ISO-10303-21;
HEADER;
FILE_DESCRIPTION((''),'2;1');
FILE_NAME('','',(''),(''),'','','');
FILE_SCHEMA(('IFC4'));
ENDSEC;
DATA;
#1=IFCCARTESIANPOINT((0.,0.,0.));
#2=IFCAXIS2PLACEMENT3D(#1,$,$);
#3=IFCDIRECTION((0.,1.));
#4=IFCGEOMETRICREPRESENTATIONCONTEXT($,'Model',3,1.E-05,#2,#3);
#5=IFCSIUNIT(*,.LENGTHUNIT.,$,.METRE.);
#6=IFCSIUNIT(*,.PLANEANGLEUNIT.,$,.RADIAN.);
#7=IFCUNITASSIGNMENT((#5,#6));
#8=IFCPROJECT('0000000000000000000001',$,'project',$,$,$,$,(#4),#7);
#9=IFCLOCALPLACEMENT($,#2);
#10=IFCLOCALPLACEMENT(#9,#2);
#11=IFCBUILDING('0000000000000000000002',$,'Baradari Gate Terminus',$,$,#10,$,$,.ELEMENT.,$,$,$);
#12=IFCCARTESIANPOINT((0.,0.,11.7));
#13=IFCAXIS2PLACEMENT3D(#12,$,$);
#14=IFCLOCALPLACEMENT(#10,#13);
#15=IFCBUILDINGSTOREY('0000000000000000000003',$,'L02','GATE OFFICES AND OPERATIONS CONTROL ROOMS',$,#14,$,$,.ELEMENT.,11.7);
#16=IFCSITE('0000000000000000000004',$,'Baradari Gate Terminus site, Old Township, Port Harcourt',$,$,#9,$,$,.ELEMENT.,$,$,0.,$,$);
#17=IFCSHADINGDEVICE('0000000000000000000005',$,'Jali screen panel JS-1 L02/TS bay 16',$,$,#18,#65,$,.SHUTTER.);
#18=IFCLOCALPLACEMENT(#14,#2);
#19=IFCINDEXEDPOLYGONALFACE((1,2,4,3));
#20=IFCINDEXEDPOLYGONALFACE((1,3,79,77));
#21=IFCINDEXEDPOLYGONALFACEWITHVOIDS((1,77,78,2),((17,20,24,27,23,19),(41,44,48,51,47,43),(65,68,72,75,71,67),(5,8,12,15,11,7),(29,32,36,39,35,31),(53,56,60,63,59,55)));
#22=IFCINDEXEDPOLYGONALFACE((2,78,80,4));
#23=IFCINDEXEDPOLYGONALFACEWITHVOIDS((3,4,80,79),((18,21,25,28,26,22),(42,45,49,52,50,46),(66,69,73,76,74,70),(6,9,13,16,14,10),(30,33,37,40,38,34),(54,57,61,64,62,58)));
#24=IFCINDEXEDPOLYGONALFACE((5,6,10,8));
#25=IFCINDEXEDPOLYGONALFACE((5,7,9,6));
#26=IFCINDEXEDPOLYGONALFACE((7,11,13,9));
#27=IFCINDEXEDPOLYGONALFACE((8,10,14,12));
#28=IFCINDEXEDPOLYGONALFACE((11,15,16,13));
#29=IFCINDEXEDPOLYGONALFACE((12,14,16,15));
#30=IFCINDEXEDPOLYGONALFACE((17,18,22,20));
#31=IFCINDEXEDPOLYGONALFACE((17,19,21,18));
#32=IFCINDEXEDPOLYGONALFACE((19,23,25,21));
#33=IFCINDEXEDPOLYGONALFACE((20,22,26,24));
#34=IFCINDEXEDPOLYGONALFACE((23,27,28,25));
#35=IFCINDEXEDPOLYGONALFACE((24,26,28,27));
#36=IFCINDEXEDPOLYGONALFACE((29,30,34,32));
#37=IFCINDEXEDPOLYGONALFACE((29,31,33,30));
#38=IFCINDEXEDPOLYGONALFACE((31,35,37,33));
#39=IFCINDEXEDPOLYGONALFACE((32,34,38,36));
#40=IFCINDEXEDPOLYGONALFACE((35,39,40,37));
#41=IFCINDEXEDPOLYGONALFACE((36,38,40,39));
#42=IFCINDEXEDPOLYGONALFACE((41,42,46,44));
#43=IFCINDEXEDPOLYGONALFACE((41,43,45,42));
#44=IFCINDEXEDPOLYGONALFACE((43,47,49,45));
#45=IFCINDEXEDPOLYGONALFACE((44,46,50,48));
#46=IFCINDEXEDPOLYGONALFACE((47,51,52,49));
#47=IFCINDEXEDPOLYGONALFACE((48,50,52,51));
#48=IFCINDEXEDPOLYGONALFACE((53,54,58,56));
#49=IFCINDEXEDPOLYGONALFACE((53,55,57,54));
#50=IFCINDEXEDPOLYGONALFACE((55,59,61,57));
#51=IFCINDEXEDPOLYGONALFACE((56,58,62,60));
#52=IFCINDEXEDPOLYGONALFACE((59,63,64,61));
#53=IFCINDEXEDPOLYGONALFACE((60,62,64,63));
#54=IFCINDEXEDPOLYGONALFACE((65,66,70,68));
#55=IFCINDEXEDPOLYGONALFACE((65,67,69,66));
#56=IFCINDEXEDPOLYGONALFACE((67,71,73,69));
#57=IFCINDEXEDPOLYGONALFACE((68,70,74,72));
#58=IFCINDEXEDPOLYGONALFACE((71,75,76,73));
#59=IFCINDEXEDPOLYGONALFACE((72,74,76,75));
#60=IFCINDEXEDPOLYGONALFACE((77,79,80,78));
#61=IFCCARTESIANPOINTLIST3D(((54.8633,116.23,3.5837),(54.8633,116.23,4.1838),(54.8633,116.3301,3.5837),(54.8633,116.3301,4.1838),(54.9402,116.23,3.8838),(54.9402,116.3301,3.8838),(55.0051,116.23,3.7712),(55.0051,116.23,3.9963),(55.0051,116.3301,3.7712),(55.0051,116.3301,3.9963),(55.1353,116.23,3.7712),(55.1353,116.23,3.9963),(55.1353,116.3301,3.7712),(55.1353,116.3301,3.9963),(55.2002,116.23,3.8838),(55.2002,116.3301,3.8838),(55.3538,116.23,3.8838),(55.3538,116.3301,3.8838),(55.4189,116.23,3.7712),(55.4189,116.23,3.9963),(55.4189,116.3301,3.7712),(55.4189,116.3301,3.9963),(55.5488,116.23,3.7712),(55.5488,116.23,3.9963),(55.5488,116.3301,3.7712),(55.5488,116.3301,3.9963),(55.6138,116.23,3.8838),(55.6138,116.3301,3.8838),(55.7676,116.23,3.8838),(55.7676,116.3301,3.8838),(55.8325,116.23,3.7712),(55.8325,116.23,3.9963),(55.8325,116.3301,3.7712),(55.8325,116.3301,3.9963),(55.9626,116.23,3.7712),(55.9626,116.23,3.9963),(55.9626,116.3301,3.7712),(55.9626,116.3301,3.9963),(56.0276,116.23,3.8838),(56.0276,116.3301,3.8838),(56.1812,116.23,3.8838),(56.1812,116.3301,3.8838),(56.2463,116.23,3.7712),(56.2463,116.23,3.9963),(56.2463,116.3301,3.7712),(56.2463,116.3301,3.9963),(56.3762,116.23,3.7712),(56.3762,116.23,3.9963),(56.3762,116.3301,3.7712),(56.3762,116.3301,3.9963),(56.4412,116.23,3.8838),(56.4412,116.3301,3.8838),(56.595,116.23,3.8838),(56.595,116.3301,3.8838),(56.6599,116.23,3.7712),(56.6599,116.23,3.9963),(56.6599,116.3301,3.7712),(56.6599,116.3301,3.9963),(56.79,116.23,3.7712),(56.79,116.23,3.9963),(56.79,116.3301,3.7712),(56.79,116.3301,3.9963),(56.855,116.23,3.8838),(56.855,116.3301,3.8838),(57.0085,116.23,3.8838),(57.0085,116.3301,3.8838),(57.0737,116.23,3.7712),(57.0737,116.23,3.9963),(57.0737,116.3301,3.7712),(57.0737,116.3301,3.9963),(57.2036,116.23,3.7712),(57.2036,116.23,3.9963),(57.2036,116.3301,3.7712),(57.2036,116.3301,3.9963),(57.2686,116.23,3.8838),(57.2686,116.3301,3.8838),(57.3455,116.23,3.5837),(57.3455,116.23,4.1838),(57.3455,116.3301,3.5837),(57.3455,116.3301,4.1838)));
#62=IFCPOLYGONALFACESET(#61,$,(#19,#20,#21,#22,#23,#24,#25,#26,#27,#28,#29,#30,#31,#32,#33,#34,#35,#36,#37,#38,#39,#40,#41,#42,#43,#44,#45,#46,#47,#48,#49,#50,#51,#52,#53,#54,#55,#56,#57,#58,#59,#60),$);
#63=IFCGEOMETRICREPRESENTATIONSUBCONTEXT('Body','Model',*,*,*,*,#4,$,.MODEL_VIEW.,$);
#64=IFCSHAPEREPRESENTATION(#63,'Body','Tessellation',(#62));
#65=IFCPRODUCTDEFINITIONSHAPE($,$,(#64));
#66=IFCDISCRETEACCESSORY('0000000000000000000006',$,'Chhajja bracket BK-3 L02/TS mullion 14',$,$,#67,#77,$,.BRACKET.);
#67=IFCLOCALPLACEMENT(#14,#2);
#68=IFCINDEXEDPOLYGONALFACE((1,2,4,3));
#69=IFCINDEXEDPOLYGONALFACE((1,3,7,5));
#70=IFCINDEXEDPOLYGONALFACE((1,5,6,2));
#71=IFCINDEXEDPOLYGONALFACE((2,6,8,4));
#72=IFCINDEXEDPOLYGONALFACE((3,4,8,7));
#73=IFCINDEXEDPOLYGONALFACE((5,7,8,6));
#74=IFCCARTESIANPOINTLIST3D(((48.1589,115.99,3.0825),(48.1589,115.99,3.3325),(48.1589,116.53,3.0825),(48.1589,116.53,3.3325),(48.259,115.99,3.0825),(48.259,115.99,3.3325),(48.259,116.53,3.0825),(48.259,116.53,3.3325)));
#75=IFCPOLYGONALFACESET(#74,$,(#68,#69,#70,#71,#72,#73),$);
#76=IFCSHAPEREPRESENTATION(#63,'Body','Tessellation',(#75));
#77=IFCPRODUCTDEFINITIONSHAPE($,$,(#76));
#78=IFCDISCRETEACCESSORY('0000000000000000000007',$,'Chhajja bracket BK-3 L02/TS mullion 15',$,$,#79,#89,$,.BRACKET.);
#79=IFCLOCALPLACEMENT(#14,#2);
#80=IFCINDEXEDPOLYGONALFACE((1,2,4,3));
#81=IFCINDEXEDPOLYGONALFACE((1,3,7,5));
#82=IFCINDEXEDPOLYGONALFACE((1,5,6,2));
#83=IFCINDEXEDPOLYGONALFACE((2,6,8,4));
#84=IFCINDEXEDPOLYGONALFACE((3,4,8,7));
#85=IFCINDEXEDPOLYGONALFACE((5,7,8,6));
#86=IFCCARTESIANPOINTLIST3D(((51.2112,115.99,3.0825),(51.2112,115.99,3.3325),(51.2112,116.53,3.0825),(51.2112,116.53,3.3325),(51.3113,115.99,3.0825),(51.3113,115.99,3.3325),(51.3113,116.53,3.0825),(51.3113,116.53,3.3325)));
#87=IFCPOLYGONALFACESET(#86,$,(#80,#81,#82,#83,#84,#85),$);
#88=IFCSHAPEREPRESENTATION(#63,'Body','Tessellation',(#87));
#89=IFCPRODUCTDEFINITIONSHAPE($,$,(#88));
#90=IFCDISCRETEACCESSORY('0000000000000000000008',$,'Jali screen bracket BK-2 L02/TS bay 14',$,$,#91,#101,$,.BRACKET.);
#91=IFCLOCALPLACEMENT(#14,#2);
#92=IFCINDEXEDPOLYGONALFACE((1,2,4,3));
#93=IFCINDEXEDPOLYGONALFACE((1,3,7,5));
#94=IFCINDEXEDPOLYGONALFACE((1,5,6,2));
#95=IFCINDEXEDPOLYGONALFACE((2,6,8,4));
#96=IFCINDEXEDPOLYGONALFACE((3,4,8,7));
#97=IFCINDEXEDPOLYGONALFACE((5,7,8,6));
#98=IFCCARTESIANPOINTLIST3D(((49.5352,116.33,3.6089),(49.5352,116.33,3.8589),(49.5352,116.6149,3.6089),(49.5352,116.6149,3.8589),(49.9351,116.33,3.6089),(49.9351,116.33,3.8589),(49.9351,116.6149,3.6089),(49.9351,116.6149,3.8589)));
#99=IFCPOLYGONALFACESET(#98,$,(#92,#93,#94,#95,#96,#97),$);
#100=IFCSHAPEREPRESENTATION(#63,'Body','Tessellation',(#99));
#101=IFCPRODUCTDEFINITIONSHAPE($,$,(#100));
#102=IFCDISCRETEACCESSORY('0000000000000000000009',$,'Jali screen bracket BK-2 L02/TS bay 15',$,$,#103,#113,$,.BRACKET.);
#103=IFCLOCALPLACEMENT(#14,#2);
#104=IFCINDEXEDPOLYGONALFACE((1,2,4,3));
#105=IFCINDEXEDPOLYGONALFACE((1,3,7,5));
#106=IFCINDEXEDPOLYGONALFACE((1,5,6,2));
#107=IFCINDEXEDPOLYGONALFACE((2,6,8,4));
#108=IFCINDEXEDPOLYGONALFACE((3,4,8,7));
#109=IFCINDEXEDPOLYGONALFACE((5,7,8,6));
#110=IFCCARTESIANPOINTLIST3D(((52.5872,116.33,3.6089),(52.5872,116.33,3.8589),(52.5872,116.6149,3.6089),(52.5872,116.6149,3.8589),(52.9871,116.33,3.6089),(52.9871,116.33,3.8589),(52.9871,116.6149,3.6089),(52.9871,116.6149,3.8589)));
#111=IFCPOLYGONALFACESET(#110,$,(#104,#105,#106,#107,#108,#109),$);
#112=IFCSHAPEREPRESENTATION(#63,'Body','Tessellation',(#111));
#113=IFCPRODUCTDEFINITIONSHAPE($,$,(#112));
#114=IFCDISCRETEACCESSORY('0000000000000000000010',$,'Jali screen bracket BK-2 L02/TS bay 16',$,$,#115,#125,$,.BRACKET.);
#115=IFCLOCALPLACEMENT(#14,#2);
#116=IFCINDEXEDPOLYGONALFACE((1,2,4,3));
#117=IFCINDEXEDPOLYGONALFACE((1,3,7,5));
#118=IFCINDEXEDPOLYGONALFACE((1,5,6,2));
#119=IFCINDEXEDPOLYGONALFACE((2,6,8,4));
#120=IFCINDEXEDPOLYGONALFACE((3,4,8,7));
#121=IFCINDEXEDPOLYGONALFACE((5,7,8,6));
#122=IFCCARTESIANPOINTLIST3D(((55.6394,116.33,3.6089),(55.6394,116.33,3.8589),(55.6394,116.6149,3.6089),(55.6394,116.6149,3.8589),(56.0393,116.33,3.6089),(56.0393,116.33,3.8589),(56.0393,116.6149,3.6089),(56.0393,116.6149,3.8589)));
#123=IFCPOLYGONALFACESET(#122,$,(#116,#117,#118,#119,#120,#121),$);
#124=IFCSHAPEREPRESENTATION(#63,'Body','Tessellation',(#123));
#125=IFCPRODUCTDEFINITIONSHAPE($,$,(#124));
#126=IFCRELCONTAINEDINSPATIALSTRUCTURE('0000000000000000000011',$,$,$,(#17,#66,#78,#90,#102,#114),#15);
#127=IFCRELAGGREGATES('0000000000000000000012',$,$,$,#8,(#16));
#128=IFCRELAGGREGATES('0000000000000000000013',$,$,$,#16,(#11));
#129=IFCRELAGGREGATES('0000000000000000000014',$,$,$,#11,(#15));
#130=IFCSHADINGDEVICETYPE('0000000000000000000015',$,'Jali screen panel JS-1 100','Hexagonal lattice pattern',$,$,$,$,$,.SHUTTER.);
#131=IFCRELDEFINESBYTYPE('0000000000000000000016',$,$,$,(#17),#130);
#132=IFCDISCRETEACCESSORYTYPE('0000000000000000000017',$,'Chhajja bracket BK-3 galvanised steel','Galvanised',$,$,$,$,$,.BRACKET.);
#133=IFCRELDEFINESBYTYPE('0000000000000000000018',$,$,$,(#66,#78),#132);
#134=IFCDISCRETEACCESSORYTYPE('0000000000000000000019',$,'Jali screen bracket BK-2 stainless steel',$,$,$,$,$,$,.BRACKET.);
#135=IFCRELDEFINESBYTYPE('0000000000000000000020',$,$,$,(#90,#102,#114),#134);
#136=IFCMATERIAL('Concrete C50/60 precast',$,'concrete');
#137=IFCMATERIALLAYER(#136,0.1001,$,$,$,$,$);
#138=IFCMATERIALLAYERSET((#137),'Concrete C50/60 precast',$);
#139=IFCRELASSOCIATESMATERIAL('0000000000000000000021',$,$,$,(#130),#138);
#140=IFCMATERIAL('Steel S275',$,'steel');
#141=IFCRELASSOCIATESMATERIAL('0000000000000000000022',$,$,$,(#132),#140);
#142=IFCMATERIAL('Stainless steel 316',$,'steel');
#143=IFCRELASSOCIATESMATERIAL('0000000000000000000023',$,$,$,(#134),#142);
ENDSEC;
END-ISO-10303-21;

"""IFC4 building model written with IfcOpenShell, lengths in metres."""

from ifc_helpers import new_model, si_unit, direction, frame, origin, origin_2d, place, context, subcontext, project, spatial, polyline, rectangle, outline, extrude, material, layer, layer_set, type_object, element, save


model = new_model("IFC4")

# Units and contexts
model_context = context("Model", 3, precision=1e-05, world=origin(), true_north=direction((0.0, 1.0)))
body_context = subcontext(model_context, "Body", "Model", "MODEL_VIEW")
ifc_project = project(units=[si_unit("LENGTHUNIT", "METRE"), si_unit("PLANEANGLEUNIT", "RADIAN")], contexts=[model_context])

# Site, building, storey
site_placement = place(None, origin())
site = spatial("IfcSite", under=ifc_project, at=site_placement, Name="Baradari Gate Terminus site, Old Township, Port Harcourt", CompositionType="ELEMENT", RefElevation=0.0)
building_placement = place(site_placement, origin())
building = spatial("IfcBuilding", under=site, at=building_placement, Name="Baradari Gate Terminus", CompositionType="ELEMENT")
storey_placement = place(building_placement, frame((0.0, 0.0, 11.7)))
storey = spatial("IfcBuildingStorey", under=building, at=storey_placement, Name="L02", Description="GATE OFFICES AND OPERATIONS CONTROL ROOMS", CompositionType="ELEMENT", Elevation=11.7)

# Shading device
ifc_material_1 = material(Name="Concrete C50/60 precast", Category="concrete")
ifc_layer_1 = layer(ifc_material_1, 0.1001)
ifc_layer_set_1 = layer_set([ifc_layer_1], Name="Concrete C50/60 precast")
shading_device_type_1 = type_object("IfcShadingDeviceType", Name="Jali screen panel JS-1 100", Description="Hexagonal lattice pattern", PredefinedType="SHUTTER", material=ifc_layer_set_1)
shading_device_1_placement = place(storey_placement, frame((54.8633, 116.28, 3.5837), z_axis=(0.0, 0.0, 1.0), x_axis=(1.0, 0.0, 0.0)))
element("IfcShadingDevice", 1, at=shading_device_1_placement, inside=storey, type_object=shading_device_type_1, Name="Jali screen panel JS-1 L02/TS bay 16", PredefinedType="SHUTTER", context=body_context, shape_type="SweptSolid", body=[
    extrude(outline(polyline([(0.0, 0.0), (2.4822, 0.0), (2.4822, 0.6001), (0.0, 0.6001), (0.0, 0.0)]), holes=[polyline([(0.3369, 0.3), (0.272, 0.1875), (0.1418, 0.1875), (0.0769, 0.3), (0.1418, 0.4126), (0.272, 0.4126), (0.3369, 0.3)]), polyline([(0.7505, 0.3), (0.6855, 0.1875), (0.5557, 0.1875), (0.4905, 0.3), (0.5557, 0.4126), (0.6855, 0.4126), (0.7505, 0.3)]), polyline([(1.1643, 0.3), (1.0994, 0.1875), (0.9692, 0.1875), (0.9043, 0.3), (0.9692, 0.4126), (1.0994, 0.4126), (1.1643, 0.3)]), polyline([(1.5779, 0.3), (1.5129, 0.1875), (1.3831, 0.1875), (1.3179, 0.3), (1.3831, 0.4126), (1.5129, 0.4126), (1.5779, 0.3)]), polyline([(1.9917, 0.3), (1.9268, 0.1875), (1.7966, 0.1875), (1.7317, 0.3), (1.7966, 0.4126), (1.9268, 0.4126), (1.9917, 0.3)]), polyline([(2.4053, 0.3), (2.3403, 0.1875), (2.2104, 0.1875), (2.1453, 0.3), (2.2104, 0.4126), (2.3403, 0.4126), (2.4053, 0.3)])]), frame((0.0, 0.05, 0.0), z_axis=(0.0, -1.0, 0.0), x_axis=(1.0, 0.0, 0.0)), (0.0, 0.0, 1.0), 0.1001),
])

# Discrete accessories
ifc_material_2 = material(Name="Steel S275", Category="steel")
discrete_accessory_type_1 = type_object("IfcDiscreteAccessoryType", Name="Chhajja bracket BK-3 galvanised steel", Description="Galvanised", PredefinedType="BRACKET", material=ifc_material_2)
for number, where, z_axis, x_axis, name in (
    (2, (48.209, 116.26, 3.0825), (0.0, 0.0, 1.0), (0.0, -1.0, 0.0), "Chhajja bracket BK-3 L02/TS mullion 14"),
    (3, (51.2612, 116.26, 3.0825), (0.0, 0.0, 1.0), (0.0, -1.0, 0.0), "Chhajja bracket BK-3 L02/TS mullion 15"),
):
    element("IfcDiscreteAccessory", number, at=place(storey_placement, frame(where, z_axis=z_axis, x_axis=x_axis)), inside=storey, type_object=discrete_accessory_type_1, Name=name, PredefinedType="BRACKET", context=body_context, shape_type="SweptSolid", body=[
        extrude(rectangle(XDim=0.54, YDim=0.1001, at=origin_2d()), origin(), (0.0, 0.0, 1.0), 0.25),
    ])
ifc_material_3 = material(Name="Stainless steel 316", Category="steel")
discrete_accessory_type_2 = type_object("IfcDiscreteAccessoryType", Name="Jali screen bracket BK-2 stainless steel", PredefinedType="BRACKET", material=ifc_material_3)
for number, where, z_axis, x_axis, name in (
    (4, (49.7351, 116.4724, 3.6089), (0.0, 0.0, 1.0), (0.0, -1.0, 0.0), "Jali screen bracket BK-2 L02/TS bay 14"),
    (5, (52.7871, 116.4724, 3.6089), (0.0, 0.0, 1.0), (0.0, -1.0, 0.0), "Jali screen bracket BK-2 L02/TS bay 15"),
    (6, (55.8394, 116.4724, 3.6089), (0.0, 0.0, 1.0), (0.0, -1.0, 0.0), "Jali screen bracket BK-2 L02/TS bay 16"),
):
    element("IfcDiscreteAccessory", number, at=place(storey_placement, frame(where, z_axis=z_axis, x_axis=x_axis)), inside=storey, type_object=discrete_accessory_type_2, Name=name, PredefinedType="BRACKET", context=body_context, shape_type="SweptSolid", body=[
        extrude(rectangle(XDim=0.2849, YDim=0.3999, at=origin_2d()), origin(), (0.0, 0.0, 1.0), 0.25),
    ])

save(model, "model.ifc")
